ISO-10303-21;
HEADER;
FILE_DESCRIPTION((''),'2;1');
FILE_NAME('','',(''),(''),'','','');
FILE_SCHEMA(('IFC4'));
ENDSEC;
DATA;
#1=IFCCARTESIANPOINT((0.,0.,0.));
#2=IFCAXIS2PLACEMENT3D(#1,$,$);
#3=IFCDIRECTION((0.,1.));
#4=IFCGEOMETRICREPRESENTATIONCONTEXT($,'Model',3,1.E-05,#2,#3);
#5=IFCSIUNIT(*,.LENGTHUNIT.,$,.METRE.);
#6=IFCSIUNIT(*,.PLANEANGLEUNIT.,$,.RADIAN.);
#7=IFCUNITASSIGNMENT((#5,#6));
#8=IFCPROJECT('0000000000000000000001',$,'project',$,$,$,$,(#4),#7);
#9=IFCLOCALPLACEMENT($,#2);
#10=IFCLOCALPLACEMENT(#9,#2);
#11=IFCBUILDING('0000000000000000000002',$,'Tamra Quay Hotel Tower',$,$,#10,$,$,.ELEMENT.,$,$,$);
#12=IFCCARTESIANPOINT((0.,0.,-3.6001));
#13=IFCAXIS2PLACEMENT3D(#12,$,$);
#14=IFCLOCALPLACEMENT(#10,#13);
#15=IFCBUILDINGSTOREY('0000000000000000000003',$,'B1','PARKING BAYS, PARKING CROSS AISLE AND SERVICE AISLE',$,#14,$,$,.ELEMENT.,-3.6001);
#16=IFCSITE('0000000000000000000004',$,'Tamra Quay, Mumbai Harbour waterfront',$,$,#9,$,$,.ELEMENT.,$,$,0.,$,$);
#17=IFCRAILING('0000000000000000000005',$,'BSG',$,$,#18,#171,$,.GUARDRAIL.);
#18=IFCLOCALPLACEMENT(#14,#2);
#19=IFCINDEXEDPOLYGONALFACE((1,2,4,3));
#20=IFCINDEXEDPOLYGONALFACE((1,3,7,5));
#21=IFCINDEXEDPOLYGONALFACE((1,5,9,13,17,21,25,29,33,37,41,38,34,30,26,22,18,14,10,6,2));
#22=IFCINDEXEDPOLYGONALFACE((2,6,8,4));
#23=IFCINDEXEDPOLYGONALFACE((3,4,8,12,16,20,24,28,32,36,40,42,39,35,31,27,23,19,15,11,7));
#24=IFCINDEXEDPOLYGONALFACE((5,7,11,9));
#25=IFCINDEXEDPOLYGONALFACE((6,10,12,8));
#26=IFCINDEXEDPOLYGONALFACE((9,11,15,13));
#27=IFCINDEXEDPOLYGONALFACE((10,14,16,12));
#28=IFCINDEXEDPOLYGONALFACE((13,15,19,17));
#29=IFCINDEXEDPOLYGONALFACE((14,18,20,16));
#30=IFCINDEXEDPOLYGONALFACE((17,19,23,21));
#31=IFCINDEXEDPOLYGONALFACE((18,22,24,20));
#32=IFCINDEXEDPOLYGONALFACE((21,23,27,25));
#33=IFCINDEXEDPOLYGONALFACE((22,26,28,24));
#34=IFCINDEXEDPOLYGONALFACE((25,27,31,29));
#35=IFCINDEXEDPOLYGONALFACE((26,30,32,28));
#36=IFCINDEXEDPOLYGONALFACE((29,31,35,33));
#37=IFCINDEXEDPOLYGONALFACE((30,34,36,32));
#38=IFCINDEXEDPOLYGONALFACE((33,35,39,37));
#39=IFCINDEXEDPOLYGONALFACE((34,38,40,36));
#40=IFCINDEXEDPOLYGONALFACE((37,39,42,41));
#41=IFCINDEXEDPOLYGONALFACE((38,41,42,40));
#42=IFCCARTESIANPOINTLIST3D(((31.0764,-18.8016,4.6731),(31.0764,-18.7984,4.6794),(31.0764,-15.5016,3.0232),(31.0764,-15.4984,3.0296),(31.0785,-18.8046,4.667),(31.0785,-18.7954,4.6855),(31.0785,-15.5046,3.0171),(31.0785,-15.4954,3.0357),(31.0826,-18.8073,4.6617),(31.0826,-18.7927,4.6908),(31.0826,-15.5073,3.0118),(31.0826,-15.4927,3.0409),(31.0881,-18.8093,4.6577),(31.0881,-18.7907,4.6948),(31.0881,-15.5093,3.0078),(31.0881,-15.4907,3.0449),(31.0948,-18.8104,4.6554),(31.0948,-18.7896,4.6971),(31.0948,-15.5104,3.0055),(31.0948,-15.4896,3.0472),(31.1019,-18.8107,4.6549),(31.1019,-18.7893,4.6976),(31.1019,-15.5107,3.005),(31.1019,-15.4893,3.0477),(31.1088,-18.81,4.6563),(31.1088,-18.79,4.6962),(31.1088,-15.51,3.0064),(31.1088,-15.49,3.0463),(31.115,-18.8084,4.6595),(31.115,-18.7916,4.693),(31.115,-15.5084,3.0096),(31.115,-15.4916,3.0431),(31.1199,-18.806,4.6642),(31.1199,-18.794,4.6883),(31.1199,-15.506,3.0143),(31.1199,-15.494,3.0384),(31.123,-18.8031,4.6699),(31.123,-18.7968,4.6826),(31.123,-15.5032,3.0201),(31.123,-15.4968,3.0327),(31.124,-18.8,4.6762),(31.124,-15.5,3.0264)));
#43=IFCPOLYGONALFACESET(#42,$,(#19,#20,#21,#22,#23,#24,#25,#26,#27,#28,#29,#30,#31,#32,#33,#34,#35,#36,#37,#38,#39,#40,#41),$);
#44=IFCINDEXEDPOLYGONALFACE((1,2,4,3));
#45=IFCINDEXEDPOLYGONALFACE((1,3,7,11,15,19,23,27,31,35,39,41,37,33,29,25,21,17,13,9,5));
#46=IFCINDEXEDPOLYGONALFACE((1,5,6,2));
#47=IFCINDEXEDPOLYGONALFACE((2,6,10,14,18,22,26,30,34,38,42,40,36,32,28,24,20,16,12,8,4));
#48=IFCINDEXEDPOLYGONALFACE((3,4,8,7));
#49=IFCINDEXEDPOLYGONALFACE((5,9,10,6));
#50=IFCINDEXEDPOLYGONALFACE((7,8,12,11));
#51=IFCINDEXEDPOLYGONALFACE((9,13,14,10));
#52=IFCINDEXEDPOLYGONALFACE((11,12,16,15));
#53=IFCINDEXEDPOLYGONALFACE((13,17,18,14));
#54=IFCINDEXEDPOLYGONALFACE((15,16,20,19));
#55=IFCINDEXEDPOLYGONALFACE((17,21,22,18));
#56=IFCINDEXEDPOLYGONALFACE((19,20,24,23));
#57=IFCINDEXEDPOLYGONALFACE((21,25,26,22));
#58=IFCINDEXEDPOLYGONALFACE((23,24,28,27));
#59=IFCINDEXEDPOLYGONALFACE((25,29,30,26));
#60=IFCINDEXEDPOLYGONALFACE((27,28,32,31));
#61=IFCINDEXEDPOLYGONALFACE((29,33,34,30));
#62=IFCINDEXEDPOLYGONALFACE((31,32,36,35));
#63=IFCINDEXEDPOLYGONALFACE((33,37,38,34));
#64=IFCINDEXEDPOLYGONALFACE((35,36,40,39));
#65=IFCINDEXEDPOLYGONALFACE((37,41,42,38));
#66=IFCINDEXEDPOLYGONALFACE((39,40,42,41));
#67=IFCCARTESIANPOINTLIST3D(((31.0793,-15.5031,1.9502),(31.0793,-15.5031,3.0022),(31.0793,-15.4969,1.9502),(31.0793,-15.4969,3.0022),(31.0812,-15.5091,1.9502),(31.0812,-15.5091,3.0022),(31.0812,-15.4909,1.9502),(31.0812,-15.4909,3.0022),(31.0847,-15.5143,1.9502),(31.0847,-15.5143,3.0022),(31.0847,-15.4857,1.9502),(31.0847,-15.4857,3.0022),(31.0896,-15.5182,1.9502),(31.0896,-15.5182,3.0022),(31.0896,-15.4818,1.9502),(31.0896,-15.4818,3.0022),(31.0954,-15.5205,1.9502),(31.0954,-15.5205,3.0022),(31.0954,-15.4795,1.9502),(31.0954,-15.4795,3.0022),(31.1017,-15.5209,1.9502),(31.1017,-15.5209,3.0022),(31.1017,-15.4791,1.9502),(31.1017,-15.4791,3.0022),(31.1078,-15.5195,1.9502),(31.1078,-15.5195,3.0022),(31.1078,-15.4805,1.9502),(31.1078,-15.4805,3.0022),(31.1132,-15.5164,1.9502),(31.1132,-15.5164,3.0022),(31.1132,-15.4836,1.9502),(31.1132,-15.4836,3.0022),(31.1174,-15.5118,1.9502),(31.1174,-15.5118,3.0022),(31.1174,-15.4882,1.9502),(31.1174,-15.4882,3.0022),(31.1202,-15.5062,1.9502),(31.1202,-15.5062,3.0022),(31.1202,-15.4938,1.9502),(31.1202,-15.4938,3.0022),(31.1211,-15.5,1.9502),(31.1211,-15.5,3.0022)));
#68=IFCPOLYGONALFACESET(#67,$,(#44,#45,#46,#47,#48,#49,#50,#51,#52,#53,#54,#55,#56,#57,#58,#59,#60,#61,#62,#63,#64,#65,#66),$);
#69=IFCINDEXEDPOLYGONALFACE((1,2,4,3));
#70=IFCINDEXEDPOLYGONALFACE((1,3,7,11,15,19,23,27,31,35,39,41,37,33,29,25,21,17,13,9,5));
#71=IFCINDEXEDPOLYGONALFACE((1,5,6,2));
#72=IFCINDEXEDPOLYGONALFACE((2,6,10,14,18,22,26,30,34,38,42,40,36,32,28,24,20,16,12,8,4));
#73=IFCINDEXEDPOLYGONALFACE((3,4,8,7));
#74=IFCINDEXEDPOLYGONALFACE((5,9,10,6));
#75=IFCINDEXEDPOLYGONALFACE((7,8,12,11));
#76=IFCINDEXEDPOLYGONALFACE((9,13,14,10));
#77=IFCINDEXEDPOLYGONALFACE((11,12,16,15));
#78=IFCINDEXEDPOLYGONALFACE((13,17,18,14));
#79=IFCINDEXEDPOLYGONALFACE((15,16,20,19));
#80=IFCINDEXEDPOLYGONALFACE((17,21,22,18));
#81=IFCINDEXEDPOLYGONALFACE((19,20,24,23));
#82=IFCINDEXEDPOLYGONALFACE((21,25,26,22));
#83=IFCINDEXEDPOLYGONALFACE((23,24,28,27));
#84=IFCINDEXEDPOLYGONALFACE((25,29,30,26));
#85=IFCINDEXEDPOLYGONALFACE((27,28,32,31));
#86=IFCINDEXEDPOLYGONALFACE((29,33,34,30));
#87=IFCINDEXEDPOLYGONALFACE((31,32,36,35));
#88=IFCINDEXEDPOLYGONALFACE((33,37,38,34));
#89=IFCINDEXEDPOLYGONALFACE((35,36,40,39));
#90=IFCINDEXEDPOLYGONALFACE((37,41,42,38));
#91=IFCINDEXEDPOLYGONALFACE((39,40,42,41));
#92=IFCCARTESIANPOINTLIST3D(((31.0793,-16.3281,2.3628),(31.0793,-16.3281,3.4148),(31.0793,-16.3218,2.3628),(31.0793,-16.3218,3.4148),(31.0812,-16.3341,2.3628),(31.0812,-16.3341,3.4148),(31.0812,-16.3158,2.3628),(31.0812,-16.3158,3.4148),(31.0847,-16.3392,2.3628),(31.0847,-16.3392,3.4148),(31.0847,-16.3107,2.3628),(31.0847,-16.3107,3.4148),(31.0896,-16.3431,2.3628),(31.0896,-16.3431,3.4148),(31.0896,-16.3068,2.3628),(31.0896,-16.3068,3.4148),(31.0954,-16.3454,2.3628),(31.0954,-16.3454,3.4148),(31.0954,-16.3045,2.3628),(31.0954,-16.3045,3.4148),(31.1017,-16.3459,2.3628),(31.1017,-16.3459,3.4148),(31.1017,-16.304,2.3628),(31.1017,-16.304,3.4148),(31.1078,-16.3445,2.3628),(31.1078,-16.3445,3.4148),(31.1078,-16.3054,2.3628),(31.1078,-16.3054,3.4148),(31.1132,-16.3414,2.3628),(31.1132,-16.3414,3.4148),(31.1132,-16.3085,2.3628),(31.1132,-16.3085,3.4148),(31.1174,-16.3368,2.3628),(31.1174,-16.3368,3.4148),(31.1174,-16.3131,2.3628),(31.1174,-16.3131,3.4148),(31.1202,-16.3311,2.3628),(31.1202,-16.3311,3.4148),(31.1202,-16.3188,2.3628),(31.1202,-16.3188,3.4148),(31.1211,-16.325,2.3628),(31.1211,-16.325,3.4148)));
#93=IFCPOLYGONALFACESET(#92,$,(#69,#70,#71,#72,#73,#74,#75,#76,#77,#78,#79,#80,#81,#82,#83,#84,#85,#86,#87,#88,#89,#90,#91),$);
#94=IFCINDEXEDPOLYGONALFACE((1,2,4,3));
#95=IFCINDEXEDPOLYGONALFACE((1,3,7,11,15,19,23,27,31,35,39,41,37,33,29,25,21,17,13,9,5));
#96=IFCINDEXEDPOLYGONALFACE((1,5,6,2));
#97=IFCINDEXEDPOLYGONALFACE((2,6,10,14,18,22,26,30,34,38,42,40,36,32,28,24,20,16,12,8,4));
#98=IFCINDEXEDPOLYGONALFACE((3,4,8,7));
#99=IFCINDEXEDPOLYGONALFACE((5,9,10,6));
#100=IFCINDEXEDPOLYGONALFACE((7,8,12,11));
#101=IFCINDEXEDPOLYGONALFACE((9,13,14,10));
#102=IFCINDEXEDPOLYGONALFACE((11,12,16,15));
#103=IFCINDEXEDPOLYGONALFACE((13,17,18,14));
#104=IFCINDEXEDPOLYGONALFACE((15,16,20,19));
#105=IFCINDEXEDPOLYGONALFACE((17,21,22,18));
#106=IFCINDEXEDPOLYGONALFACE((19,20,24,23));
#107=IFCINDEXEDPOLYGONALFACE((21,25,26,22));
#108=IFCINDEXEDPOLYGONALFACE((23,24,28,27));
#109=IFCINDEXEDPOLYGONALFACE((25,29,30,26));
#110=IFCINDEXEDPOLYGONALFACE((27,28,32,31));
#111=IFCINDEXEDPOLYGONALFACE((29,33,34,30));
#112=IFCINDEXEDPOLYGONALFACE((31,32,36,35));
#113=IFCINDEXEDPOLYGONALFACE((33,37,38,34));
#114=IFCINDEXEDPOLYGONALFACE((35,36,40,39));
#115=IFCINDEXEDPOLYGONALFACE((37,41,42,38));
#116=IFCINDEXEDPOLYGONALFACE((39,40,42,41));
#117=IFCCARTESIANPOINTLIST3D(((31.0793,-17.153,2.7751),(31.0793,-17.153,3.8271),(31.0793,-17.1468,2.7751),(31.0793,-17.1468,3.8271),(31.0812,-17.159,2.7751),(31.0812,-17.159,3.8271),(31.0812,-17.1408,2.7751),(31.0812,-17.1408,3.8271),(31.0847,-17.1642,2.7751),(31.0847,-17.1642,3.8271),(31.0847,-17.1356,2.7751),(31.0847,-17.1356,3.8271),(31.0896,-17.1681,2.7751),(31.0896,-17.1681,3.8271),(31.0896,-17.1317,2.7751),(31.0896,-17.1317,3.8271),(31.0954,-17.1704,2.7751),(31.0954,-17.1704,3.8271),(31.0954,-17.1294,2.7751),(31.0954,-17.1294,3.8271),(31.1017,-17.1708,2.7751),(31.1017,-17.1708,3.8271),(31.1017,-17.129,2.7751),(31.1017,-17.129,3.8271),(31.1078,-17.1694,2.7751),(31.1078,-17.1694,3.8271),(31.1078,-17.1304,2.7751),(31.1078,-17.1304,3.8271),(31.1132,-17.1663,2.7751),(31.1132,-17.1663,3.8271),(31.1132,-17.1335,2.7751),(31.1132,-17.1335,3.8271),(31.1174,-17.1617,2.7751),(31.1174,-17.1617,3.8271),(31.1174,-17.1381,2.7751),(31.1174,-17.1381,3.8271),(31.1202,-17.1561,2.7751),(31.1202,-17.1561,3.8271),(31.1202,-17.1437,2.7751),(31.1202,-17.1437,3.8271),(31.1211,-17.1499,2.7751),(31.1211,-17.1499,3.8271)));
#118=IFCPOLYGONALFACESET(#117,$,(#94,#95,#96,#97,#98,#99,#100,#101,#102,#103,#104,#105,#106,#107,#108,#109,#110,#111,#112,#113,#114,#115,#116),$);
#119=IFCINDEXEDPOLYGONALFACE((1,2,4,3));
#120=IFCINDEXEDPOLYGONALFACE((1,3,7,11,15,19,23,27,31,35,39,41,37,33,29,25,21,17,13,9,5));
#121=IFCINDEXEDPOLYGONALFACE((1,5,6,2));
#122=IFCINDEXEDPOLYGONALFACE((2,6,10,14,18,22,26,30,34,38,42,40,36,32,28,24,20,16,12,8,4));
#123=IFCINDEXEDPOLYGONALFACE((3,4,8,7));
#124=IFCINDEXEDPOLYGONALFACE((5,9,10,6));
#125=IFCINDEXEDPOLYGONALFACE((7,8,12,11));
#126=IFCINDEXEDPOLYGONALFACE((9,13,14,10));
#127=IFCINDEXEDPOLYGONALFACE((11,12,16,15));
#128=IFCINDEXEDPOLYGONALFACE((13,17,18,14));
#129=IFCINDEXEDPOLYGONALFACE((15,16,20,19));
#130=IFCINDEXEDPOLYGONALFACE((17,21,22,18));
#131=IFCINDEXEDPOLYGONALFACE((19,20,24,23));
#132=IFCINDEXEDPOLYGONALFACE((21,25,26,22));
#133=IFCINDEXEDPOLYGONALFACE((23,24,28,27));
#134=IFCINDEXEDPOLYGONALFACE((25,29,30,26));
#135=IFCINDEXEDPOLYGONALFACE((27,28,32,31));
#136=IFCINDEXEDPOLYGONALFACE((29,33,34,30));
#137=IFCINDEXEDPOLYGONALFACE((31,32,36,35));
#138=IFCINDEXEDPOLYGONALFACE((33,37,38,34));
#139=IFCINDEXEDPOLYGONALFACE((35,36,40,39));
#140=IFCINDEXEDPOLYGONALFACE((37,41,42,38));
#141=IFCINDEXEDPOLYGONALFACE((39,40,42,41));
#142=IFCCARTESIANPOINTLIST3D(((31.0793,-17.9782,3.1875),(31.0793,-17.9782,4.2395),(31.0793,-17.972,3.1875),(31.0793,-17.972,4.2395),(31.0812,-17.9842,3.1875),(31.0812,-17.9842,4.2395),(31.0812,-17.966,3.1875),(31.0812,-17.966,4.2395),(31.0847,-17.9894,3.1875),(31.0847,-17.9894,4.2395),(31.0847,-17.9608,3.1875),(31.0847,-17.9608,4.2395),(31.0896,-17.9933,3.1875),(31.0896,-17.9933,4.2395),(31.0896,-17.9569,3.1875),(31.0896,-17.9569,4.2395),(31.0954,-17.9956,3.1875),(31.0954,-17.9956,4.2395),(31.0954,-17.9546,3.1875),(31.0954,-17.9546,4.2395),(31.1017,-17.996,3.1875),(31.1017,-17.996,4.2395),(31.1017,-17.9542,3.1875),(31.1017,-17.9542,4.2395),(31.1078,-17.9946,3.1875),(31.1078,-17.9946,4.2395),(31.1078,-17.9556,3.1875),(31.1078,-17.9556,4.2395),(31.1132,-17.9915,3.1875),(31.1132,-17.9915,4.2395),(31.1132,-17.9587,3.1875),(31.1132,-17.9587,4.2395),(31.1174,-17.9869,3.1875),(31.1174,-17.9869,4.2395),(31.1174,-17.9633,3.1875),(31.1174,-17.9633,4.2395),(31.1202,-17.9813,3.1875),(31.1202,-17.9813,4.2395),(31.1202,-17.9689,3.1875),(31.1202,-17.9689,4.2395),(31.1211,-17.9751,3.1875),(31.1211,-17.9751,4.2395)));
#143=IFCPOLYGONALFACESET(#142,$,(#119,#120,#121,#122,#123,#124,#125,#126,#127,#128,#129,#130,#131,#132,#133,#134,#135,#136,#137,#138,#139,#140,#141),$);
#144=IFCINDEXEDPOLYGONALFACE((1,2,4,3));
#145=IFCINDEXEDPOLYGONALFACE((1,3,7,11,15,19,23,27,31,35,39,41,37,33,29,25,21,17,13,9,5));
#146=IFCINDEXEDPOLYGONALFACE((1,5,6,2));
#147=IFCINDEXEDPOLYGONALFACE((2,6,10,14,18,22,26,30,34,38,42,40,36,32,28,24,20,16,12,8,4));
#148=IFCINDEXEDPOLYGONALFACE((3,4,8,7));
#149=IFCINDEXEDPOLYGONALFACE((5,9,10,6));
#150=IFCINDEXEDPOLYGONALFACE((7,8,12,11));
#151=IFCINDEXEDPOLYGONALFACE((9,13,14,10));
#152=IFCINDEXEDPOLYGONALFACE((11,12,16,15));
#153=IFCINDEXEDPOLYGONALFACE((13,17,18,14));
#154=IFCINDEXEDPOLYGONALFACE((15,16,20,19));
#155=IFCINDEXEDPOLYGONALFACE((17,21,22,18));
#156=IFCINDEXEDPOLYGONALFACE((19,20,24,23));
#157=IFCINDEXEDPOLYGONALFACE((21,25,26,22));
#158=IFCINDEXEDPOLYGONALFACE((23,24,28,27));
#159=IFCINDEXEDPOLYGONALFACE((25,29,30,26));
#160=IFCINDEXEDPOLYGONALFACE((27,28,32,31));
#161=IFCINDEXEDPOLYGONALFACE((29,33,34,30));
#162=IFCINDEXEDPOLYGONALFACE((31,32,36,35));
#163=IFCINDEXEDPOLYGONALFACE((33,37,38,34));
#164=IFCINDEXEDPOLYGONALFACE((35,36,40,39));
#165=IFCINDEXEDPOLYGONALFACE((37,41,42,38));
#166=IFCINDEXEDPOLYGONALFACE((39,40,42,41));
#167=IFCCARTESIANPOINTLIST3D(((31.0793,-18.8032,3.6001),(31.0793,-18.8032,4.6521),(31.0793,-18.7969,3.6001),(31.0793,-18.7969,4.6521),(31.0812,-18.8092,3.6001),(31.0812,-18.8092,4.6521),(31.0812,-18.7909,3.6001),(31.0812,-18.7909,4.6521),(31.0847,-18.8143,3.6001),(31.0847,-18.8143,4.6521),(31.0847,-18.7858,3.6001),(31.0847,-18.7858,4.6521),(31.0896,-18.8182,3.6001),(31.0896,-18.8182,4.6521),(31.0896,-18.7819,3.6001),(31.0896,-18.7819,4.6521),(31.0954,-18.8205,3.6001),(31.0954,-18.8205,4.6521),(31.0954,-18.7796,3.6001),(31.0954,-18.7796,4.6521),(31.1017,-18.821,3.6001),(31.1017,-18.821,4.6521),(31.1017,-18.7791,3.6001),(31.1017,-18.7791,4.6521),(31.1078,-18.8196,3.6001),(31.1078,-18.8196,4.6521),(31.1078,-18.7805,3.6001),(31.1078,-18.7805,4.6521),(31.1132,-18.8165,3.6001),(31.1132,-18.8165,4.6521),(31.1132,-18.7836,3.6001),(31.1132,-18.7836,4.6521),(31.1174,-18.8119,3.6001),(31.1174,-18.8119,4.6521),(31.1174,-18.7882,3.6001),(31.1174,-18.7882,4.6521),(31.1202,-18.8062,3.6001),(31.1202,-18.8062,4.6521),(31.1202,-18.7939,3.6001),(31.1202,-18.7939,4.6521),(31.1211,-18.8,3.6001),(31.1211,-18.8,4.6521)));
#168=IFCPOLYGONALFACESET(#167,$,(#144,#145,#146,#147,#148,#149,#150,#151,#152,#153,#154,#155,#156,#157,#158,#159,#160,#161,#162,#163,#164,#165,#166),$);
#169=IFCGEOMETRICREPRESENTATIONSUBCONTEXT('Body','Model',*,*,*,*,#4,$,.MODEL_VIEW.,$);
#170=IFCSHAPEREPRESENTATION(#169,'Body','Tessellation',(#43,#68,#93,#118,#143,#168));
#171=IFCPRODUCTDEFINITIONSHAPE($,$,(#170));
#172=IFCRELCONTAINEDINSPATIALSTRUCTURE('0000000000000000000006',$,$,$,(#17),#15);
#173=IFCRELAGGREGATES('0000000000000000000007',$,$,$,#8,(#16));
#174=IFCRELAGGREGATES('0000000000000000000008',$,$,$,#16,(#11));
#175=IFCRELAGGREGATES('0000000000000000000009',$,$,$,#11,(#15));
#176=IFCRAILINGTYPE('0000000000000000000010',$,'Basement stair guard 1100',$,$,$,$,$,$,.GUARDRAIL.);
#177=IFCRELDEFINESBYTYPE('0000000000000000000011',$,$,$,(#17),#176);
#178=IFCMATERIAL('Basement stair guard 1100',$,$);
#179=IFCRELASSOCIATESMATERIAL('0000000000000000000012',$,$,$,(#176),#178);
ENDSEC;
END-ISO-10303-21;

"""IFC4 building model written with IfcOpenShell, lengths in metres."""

from ifc_helpers import new_model, si_unit, direction, frame, origin, origin_2d, place, context, subcontext, project, spatial, circle, extrude, material, type_object, element, save


model = new_model("IFC4")

# Units and contexts
model_context = context("Model", 3, precision=1e-05, world=origin(), true_north=direction((0.0, 1.0)))
body_context = subcontext(model_context, "Body", "Model", "MODEL_VIEW")
ifc_project = project(units=[si_unit("LENGTHUNIT", "METRE"), si_unit("PLANEANGLEUNIT", "RADIAN")], contexts=[model_context])

# Site, building, storey
site_placement = place(None, origin())
site = spatial("IfcSite", under=ifc_project, at=site_placement, Name="Tamra Quay, Mumbai Harbour waterfront", CompositionType="ELEMENT", RefElevation=0.0)
building_placement = place(site_placement, origin())
building = spatial("IfcBuilding", under=site, at=building_placement, Name="Tamra Quay Hotel Tower", CompositionType="ELEMENT")
storey_placement = place(building_placement, frame((0.0, 0.0, -3.6001)))
storey = spatial("IfcBuildingStorey", under=building, at=storey_placement, Name="B1", Description="PARKING BAYS, PARKING CROSS AISLE AND SERVICE AISLE", CompositionType="ELEMENT", Elevation=-3.6001)

# Railing
ifc_material_1 = material(Name="Basement stair guard 1100")
railing_type_1 = type_object("IfcRailingType", Name="Basement stair guard 1100", PredefinedType="GUARDRAIL", material=ifc_material_1)
railing_1_placement = place(storey_placement, frame((31.1001, -15.5, 1.9502)))
element("IfcRailing", 1, at=railing_1_placement, inside=storey, type_object=railing_type_1, Name="BSG", PredefinedType="GUARDRAIL", context=body_context, shape_type="SweptSolid", body=[
    extrude(circle(Radius=0.0239, at=origin_2d()), frame((0.0, 0.0, 1.0762), z_axis=(0.0, -0.89444, 0.447187), x_axis=(1.0, 0.0, 0.0)), (0.0, 0.0, 1.0), 3.6895),
    extrude(circle(Radius=0.021, at=origin_2d()), origin(), (0.0, 0.0, 1.0), 1.052),
    extrude(circle(Radius=0.021, at=origin_2d()), frame((0.0, -0.825, 0.4126)), (0.0, 0.0, 1.0), 1.052),
    extrude(circle(Radius=0.021, at=origin_2d()), frame((0.0, -1.6499, 0.825)), (0.0, 0.0, 1.0), 1.052),
    extrude(circle(Radius=0.021, at=origin_2d()), frame((0.0, -2.4751, 1.2373)), (0.0, 0.0, 1.0), 1.052),
    extrude(circle(Radius=0.021, at=origin_2d()), frame((0.0, -3.3, 1.6499)), (0.0, 0.0, 1.0), 1.052),
])

save(model, "model.ifc")
